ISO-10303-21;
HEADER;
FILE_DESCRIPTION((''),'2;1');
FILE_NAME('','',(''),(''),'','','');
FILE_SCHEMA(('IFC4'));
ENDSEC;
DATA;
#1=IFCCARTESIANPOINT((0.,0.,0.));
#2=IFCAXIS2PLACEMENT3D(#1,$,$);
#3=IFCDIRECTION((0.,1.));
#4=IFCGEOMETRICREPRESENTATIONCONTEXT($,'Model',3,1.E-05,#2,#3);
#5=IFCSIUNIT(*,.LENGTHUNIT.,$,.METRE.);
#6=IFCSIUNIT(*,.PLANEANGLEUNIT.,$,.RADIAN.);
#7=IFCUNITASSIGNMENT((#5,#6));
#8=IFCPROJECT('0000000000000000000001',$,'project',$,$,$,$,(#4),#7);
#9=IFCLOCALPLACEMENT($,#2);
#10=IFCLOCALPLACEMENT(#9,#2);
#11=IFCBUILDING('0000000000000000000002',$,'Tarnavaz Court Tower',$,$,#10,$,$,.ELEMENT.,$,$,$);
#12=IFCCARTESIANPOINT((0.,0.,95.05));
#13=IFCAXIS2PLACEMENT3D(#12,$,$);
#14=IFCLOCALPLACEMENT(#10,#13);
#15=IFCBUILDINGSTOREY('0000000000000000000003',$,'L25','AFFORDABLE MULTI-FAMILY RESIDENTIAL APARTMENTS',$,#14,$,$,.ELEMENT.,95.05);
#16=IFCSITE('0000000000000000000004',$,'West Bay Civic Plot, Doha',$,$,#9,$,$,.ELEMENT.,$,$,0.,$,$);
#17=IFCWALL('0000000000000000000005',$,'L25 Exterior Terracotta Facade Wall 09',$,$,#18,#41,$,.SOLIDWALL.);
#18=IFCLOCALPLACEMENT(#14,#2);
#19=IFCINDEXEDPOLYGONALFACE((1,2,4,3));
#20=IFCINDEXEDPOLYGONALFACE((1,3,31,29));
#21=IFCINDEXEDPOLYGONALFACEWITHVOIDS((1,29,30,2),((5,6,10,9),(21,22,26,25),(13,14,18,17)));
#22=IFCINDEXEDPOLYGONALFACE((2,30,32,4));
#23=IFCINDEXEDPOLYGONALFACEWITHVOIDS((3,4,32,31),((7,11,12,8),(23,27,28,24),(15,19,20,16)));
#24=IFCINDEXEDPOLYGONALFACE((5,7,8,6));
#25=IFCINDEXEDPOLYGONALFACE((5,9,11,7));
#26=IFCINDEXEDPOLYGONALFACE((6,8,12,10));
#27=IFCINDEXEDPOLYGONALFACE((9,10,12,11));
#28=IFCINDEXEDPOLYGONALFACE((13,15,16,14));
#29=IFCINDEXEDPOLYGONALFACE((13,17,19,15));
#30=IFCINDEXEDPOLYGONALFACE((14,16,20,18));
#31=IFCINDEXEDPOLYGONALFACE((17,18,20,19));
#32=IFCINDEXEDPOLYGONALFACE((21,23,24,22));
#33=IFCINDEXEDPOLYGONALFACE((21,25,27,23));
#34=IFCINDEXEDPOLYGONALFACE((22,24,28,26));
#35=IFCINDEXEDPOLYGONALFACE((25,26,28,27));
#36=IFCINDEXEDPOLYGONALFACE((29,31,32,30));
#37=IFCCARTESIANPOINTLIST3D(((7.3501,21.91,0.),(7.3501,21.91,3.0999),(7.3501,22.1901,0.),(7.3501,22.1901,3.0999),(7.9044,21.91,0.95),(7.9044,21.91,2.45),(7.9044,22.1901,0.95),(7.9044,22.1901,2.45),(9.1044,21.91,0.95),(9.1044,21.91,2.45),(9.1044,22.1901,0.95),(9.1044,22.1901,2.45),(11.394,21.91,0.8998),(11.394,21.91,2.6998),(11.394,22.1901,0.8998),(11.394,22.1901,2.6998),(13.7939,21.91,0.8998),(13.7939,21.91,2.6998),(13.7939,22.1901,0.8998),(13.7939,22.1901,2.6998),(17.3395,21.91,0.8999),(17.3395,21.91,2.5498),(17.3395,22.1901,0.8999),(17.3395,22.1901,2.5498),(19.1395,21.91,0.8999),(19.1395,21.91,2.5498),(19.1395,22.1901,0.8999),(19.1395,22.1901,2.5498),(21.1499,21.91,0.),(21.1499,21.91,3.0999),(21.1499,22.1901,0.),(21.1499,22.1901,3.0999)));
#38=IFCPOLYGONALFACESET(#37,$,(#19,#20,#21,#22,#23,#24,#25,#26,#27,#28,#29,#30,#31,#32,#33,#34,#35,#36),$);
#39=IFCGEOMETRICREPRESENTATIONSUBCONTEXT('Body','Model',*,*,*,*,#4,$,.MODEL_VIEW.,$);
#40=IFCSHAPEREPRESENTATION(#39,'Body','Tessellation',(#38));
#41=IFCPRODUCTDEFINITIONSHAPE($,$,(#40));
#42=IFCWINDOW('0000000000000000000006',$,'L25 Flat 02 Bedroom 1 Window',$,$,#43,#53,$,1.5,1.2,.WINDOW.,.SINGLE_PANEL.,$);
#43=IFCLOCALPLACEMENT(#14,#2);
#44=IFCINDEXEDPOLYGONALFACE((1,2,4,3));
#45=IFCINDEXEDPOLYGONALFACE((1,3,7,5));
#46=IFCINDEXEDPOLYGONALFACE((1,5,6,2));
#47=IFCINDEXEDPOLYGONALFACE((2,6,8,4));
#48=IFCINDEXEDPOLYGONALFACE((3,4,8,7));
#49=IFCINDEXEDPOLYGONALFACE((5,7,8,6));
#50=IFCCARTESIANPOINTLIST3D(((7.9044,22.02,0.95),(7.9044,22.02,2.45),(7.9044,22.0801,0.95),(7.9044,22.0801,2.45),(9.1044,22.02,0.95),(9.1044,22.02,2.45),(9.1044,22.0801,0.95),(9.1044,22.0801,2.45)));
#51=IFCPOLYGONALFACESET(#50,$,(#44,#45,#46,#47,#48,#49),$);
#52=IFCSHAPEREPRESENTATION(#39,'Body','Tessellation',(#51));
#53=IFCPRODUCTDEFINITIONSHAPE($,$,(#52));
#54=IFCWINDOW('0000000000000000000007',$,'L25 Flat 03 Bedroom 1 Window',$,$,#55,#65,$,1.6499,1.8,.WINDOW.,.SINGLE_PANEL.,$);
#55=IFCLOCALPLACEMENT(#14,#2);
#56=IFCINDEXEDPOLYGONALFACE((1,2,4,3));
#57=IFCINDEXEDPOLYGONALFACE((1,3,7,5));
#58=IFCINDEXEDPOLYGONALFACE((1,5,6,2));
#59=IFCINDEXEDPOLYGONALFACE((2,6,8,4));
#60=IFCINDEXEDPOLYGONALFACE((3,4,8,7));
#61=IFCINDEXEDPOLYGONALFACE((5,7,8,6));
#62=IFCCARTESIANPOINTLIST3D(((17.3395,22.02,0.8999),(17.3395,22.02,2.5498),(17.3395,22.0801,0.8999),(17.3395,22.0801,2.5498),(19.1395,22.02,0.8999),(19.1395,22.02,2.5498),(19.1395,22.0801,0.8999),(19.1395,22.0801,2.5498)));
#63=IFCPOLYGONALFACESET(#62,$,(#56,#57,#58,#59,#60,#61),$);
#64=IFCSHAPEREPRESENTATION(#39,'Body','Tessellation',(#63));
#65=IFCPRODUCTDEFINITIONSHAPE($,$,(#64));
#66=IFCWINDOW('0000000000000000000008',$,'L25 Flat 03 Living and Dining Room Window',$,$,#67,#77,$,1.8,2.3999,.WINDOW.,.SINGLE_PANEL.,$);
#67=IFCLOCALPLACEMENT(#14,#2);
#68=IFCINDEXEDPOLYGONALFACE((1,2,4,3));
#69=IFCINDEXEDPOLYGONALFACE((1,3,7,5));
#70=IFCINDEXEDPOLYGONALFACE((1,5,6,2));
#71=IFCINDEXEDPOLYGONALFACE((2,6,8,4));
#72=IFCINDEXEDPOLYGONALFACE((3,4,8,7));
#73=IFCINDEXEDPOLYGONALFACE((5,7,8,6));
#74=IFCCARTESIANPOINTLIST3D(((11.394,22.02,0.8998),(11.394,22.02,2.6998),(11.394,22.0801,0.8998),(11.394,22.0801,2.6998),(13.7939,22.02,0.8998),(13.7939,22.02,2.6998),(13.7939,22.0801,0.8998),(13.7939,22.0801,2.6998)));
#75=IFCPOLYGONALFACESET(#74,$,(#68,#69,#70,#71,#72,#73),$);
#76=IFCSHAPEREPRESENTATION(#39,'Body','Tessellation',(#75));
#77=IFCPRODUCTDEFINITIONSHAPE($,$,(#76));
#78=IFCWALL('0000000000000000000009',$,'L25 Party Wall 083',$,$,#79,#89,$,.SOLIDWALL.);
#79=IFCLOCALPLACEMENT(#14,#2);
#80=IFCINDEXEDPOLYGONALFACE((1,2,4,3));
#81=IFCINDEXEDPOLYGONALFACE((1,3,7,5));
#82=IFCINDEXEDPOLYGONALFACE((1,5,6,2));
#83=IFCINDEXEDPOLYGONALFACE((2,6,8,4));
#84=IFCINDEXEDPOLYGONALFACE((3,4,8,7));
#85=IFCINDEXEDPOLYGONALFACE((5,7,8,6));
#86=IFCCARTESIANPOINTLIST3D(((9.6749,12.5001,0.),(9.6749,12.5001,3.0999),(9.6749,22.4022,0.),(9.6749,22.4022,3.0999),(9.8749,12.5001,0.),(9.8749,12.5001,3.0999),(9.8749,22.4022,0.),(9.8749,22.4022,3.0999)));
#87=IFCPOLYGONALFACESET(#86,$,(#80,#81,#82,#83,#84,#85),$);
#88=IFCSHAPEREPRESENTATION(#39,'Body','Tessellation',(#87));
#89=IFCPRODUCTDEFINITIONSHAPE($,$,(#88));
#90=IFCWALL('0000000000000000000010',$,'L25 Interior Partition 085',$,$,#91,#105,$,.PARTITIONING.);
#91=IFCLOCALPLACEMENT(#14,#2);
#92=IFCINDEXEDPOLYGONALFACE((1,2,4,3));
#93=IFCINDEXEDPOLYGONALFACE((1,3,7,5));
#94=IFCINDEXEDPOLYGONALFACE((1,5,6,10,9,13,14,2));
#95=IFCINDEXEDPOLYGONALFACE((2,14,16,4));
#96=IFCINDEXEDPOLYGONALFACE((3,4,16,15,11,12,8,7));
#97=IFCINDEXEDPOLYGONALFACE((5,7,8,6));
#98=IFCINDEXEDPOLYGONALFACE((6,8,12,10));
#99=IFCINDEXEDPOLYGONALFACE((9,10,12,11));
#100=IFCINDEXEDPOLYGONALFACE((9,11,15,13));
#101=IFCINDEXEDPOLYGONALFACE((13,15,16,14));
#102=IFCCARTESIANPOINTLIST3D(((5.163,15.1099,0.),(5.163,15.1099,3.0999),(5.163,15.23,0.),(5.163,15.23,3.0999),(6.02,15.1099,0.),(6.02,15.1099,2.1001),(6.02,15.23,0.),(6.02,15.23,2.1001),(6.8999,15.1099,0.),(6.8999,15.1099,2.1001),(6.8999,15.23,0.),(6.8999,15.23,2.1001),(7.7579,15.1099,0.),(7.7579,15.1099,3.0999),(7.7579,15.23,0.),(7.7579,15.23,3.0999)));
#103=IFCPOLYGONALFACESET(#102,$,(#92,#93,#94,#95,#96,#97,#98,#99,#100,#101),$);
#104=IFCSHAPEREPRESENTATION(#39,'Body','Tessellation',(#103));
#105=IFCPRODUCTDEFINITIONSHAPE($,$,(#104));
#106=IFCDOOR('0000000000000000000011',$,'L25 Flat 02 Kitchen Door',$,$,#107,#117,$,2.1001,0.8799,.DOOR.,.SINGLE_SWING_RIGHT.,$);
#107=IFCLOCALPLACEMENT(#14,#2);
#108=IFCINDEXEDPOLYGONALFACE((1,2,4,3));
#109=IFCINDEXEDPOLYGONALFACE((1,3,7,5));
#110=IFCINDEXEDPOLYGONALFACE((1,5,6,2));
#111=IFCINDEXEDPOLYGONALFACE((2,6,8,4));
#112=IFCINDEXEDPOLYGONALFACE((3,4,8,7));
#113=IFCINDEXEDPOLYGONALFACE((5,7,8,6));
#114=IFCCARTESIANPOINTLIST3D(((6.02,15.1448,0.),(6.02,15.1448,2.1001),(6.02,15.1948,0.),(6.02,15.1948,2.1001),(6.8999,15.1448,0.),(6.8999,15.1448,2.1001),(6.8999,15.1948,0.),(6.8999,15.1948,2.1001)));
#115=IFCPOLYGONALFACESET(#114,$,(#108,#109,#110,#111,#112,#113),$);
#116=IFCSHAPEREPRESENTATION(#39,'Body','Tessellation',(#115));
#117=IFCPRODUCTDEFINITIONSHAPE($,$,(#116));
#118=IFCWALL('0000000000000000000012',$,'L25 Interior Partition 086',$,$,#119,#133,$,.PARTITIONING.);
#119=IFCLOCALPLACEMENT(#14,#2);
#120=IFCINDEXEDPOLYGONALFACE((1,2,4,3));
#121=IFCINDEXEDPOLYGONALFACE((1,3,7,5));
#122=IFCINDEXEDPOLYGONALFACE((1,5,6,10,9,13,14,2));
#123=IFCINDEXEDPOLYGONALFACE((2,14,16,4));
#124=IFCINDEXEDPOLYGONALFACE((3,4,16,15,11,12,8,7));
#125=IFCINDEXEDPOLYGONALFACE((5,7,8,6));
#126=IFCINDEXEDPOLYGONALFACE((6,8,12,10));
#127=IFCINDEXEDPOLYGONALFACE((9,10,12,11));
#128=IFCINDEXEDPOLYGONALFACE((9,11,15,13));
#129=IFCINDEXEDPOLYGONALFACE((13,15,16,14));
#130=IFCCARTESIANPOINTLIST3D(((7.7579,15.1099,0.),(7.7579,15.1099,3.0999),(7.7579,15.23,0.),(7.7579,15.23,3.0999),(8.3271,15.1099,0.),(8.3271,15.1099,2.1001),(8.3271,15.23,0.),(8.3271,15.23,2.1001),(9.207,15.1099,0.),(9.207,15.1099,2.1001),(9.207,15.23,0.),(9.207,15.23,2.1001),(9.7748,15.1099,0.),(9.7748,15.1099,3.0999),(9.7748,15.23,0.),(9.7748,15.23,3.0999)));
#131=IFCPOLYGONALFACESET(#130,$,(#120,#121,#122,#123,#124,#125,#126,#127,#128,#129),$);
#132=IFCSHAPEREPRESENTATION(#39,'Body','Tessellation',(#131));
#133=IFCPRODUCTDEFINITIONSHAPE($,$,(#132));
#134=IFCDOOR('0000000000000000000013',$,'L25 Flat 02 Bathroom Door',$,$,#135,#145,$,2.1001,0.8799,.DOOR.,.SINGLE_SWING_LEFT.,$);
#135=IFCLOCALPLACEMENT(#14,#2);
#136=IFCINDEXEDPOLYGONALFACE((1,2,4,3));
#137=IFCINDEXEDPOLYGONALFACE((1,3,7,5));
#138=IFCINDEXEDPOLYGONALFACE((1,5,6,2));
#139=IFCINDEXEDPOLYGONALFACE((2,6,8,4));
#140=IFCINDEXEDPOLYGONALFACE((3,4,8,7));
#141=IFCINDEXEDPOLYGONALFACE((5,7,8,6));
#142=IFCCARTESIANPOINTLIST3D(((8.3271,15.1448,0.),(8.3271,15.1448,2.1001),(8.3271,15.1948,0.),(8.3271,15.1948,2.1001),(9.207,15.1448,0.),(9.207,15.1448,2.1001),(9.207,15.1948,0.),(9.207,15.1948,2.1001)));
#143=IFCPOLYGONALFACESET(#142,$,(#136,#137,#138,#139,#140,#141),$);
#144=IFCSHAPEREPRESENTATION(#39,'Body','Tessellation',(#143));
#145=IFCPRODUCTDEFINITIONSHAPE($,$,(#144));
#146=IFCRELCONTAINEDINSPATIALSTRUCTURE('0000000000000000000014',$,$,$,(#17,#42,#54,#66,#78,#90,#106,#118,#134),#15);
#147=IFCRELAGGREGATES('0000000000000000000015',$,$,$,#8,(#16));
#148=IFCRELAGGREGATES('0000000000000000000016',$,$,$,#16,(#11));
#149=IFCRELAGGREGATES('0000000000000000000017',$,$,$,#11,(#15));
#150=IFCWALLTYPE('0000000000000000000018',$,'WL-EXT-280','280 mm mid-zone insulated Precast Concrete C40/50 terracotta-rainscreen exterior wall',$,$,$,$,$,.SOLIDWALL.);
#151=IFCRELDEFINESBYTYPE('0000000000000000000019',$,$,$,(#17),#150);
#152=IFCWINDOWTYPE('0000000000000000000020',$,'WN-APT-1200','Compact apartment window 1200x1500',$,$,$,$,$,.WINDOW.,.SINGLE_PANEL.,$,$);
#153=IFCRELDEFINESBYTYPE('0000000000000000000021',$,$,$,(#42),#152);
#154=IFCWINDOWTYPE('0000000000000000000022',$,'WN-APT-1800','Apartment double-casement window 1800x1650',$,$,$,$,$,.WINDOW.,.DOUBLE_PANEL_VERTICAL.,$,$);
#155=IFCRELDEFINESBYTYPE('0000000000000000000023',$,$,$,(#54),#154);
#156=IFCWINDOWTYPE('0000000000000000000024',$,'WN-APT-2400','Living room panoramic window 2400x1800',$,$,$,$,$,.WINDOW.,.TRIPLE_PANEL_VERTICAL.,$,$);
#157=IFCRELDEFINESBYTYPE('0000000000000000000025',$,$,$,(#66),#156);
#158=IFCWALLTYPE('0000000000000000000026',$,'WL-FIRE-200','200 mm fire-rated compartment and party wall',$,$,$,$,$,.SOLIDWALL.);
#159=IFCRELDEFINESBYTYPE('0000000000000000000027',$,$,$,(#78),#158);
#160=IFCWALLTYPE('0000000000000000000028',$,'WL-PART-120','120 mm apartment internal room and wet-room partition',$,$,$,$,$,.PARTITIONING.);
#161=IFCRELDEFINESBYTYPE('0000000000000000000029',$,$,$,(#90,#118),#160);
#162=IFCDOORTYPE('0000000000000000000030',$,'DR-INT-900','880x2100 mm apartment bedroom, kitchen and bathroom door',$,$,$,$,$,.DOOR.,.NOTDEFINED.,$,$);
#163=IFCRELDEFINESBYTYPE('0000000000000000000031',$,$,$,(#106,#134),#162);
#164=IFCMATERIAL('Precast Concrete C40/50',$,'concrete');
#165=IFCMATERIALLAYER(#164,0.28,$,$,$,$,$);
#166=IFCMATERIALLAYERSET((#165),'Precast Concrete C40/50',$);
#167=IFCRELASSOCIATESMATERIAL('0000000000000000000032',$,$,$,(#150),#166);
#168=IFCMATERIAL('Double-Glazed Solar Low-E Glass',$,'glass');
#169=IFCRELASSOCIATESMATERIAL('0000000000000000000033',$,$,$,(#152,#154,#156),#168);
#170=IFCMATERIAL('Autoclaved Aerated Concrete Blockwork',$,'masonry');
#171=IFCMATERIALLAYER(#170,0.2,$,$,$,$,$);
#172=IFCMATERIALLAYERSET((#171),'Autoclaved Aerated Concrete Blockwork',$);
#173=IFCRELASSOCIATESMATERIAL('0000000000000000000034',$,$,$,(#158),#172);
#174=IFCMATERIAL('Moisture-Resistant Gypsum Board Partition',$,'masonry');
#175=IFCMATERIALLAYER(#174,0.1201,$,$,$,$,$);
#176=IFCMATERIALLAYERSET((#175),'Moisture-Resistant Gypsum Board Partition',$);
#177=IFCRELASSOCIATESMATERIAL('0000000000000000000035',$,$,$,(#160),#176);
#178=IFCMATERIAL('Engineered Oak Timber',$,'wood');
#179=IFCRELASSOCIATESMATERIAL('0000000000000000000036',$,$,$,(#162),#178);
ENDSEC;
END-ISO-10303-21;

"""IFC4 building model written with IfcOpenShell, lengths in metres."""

from ifc_helpers import new_model, si_unit, direction, frame, frame_2d, origin, place, context, subcontext, project, spatial, rectangle, extrude, material, layer, layer_set, type_object, element, fill, save


model = new_model("IFC4")

# Units and contexts
model_context = context("Model", 3, precision=1e-05, world=origin(), true_north=direction((0.0, 1.0)))
body_context = subcontext(model_context, "Body", "Model", "MODEL_VIEW")
ifc_project = project(units=[si_unit("LENGTHUNIT", "METRE"), si_unit("PLANEANGLEUNIT", "RADIAN")], contexts=[model_context])

# Site, building, storey
site_placement = place(None, origin())
site = spatial("IfcSite", under=ifc_project, at=site_placement, Name="West Bay Civic Plot, Doha", CompositionType="ELEMENT", RefElevation=0.0)
building_placement = place(site_placement, origin())
building = spatial("IfcBuilding", under=site, at=building_placement, Name="Tarnavaz Court Tower", CompositionType="ELEMENT")
storey_placement = place(building_placement, frame((0.0, 0.0, 95.05)))
storey = spatial("IfcBuildingStorey", under=building, at=storey_placement, Name="L25", Description="AFFORDABLE MULTI-FAMILY RESIDENTIAL APARTMENTS", CompositionType="ELEMENT", Elevation=95.05)

# Shared definitions
ifc_material_1 = material(Name="Double-Glazed Solar Low-E Glass", Category="glass")

# Shared definitions
ifc_material_2 = material(Name="Precast Concrete C40/50", Category="concrete")
ifc_layer_1 = layer(ifc_material_2, 0.28)
ifc_layer_set_1 = layer_set([ifc_layer_1], Name="Precast Concrete C40/50")
wall_type_1 = type_object("IfcWallType", Name="WL-EXT-280", Description="280 mm mid-zone insulated Precast Concrete C40/50 terracotta-rainscreen exterior wall", PredefinedType="SOLIDWALL", material=ifc_layer_set_1)
window_type_1 = type_object("IfcWindowType", Name="WN-APT-1200", Description="Compact apartment window 1200x1500", PartitioningType="SINGLE_PANEL", PredefinedType="WINDOW", material=ifc_material_1)

# Wall, openings, windows
wall_1_placement = place(storey_placement, frame((7.3501, 22.05, 0.0), z_axis=(0.0, 0.0, 1.0), x_axis=(1.0, 0.0, 0.0)))
wall_1 = element("IfcWall", 1, at=wall_1_placement, inside=storey, type_object=wall_type_1, Name="L25 Exterior Terracotta Facade Wall 09", PredefinedType="SOLIDWALL", context=body_context, shape_type="SweptSolid", body=[
    extrude(rectangle(XDim=13.7998, YDim=0.28, at=frame_2d((6.8999, 0.0))), origin(), (0.0, 0.0, 1.0), 3.0999),
])
opening_1_placement = place(wall_1_placement, frame((0.5542, 0.0, 0.95)))
opening_1 = element("IfcOpeningElement", 2, at=opening_1_placement, cuts=wall_1, PredefinedType="OPENING", context=body_context, shape_type="SweptSolid", body=[
    extrude(rectangle(XDim=1.2, YDim=1.5, at=frame_2d((0.6001, 0.75))), frame((0.0, 0.1499, 0.0), z_axis=(0.0, -1.0, 0.0), x_axis=(1.0, 0.0, 0.0)), (0.0, 0.0, 1.0), 0.3),
])
opening_2_placement = place(wall_1_placement, frame((4.0439, 0.0, 0.8999)))
opening_2 = element("IfcOpeningElement", 3, at=opening_2_placement, cuts=wall_1, PredefinedType="OPENING", context=body_context, shape_type="SweptSolid", body=[
    extrude(rectangle(XDim=2.3999, YDim=1.8, at=frame_2d((1.2, 0.8999))), frame((0.0, 0.1499, 0.0), z_axis=(0.0, -1.0, 0.0), x_axis=(1.0, 0.0, 0.0)), (0.0, 0.0, 1.0), 0.3),
])
opening_3_placement = place(wall_1_placement, frame((9.9895, 0.0, 0.8999)))
opening_3 = element("IfcOpeningElement", 4, at=opening_3_placement, cuts=wall_1, PredefinedType="OPENING", context=body_context, shape_type="SweptSolid", body=[
    extrude(rectangle(XDim=1.8, YDim=1.6499, at=frame_2d((0.8999, 0.825))), frame((0.0, 0.1499, 0.0), z_axis=(0.0, -1.0, 0.0), x_axis=(1.0, 0.0, 0.0)), (0.0, 0.0, 1.0), 0.3),
])
window_1_placement = place(opening_1_placement, origin())
window_1 = element("IfcWindow", 5, at=window_1_placement, inside=storey, type_object=window_type_1, Name="L25 Flat 02 Bedroom 1 Window", OverallHeight=1.5, OverallWidth=1.2, PartitioningType="SINGLE_PANEL", PredefinedType="WINDOW", context=body_context, shape_type="SweptSolid", body=[
    extrude(rectangle(XDim=1.2, YDim=1.5, at=frame_2d((0.6001, 0.75))), frame((0.0, 0.03, 0.0), z_axis=(0.0, -1.0, 0.0), x_axis=(1.0, 0.0, 0.0)), (0.0, 0.0, 1.0), 0.0601),
])
fill(opening_1, window_1)
window_type_2 = type_object("IfcWindowType", Name="WN-APT-1800", Description="Apartment double-casement window 1800x1650", PartitioningType="DOUBLE_PANEL_VERTICAL", PredefinedType="WINDOW", material=ifc_material_1)
window_2_placement = place(opening_3_placement, origin())
window_2 = element("IfcWindow", 6, at=window_2_placement, inside=storey, type_object=window_type_2, Name="L25 Flat 03 Bedroom 1 Window", OverallHeight=1.6499, OverallWidth=1.8, PartitioningType="SINGLE_PANEL", PredefinedType="WINDOW", context=body_context, shape_type="SweptSolid", body=[
    extrude(rectangle(XDim=1.8, YDim=1.6499, at=frame_2d((0.8999, 0.825))), frame((0.0, 0.03, 0.0), z_axis=(0.0, -1.0, 0.0), x_axis=(1.0, 0.0, 0.0)), (0.0, 0.0, 1.0), 0.0601),
])
fill(opening_3, window_2)
window_type_3 = type_object("IfcWindowType", Name="WN-APT-2400", Description="Living room panoramic window 2400x1800", PartitioningType="TRIPLE_PANEL_VERTICAL", PredefinedType="WINDOW", material=ifc_material_1)
window_3_placement = place(opening_2_placement, origin())
window_3 = element("IfcWindow", 7, at=window_3_placement, inside=storey, type_object=window_type_3, Name="L25 Flat 03 Living and Dining Room Window", OverallHeight=1.8, OverallWidth=2.3999, PartitioningType="SINGLE_PANEL", PredefinedType="WINDOW", context=body_context, shape_type="SweptSolid", body=[
    extrude(rectangle(XDim=2.3999, YDim=1.8, at=frame_2d((1.2, 0.8999))), frame((0.0, 0.03, 0.0), z_axis=(0.0, -1.0, 0.0), x_axis=(1.0, 0.0, 0.0)), (0.0, 0.0, 1.0), 0.0601),
])
fill(opening_2, window_3)

# Wall
ifc_material_3 = material(Name="Autoclaved Aerated Concrete Blockwork", Category="masonry")
ifc_layer_2 = layer(ifc_material_3, 0.2)
ifc_layer_set_2 = layer_set([ifc_layer_2], Name="Autoclaved Aerated Concrete Blockwork")
wall_type_2 = type_object("IfcWallType", Name="WL-FIRE-200", Description="200 mm fire-rated compartment and party wall", PredefinedType="SOLIDWALL", material=ifc_layer_set_2)
wall_2_placement = place(storey_placement, frame((9.7749, 12.5, 0.0), z_axis=(0.0, 0.0, 1.0), x_axis=(0.0, 1.0, 0.0)))
element("IfcWall", 8, at=wall_2_placement, inside=storey, type_object=wall_type_2, Name="L25 Party Wall 083", PredefinedType="SOLIDWALL", context=body_context, shape_type="SweptSolid", body=[
    extrude(rectangle(XDim=9.9021, YDim=0.2, at=frame_2d((4.9512, 0.0))), origin(), (0.0, 0.0, 1.0), 3.0999),
])

# Walls, openings, doors
ifc_material_4 = material(Name="Moisture-Resistant Gypsum Board Partition", Category="masonry")
ifc_layer_3 = layer(ifc_material_4, 0.1201)
ifc_layer_set_3 = layer_set([ifc_layer_3], Name="Moisture-Resistant Gypsum Board Partition")
wall_type_3 = type_object("IfcWallType", Name="WL-PART-120", Description="120 mm apartment internal room and wet-room partition", PredefinedType="PARTITIONING", material=ifc_layer_set_3)
wall_3_placement = place(storey_placement, frame((5.1631, 15.1699, 0.0), z_axis=(0.0, 0.0, 1.0), x_axis=(1.0, 0.0, 0.0)))
wall_3 = element("IfcWall", 9, at=wall_3_placement, inside=storey, type_object=wall_type_3, Name="L25 Interior Partition 085", PredefinedType="PARTITIONING", context=body_context, shape_type="SweptSolid", body=[
    extrude(rectangle(XDim=2.595, YDim=0.1201, at=frame_2d((1.2974, 0.0))), origin(), (0.0, 0.0, 1.0), 3.0999),
])
opening_4_placement = place(wall_3_placement, frame((0.8569, 0.0, 0.0)))
opening_4 = element("IfcOpeningElement", 10, at=opening_4_placement, cuts=wall_3, PredefinedType="OPENING", context=body_context, shape_type="SweptSolid", body=[
    extrude(rectangle(XDim=0.8799, YDim=2.1001, at=frame_2d((0.4399, 1.05))), frame((0.0, 0.0701, 0.0), z_axis=(0.0, -1.0, 0.0), x_axis=(1.0, 0.0, 0.0)), (0.0, 0.0, 1.0), 0.1401),
])
ifc_material_5 = material(Name="Engineered Oak Timber", Category="wood")
door_type = type_object("IfcDoorType", Name="DR-INT-900", Description="880x2100 mm apartment bedroom, kitchen and bathroom door", OperationType="NOTDEFINED", PredefinedType="DOOR", material=ifc_material_5)
door_1_placement = place(opening_4_placement, origin())
door_1 = element("IfcDoor", 11, at=door_1_placement, inside=storey, type_object=door_type, Name="L25 Flat 02 Kitchen Door", OperationType="SINGLE_SWING_RIGHT", OverallHeight=2.1001, OverallWidth=0.8799, PredefinedType="DOOR", context=body_context, shape_type="SweptSolid", body=[
    extrude(rectangle(XDim=0.8799, YDim=2.1001, at=frame_2d((0.4399, 1.05))), frame((0.0, 0.0249, 0.0), z_axis=(0.0, -1.0, 0.0), x_axis=(1.0, 0.0, 0.0)), (0.0, 0.0, 1.0), 0.05),
])
fill(opening_4, door_1)
wall_4_placement = place(storey_placement, frame((7.7581, 15.1699, 0.0), z_axis=(0.0, 0.0, 1.0), x_axis=(1.0, 0.0, 0.0)))
wall_4 = element("IfcWall", 12, at=wall_4_placement, inside=storey, type_object=wall_type_3, Name="L25 Interior Partition 086", PredefinedType="PARTITIONING", context=body_context, shape_type="SweptSolid", body=[
    extrude(rectangle(XDim=2.0168, YDim=0.1201, at=frame_2d((1.0083, 0.0))), origin(), (0.0, 0.0, 1.0), 3.0999),
])
opening_5_placement = place(wall_4_placement, frame((0.5691, 0.0, 0.0)))
opening_5 = element("IfcOpeningElement", 13, at=opening_5_placement, cuts=wall_4, PredefinedType="OPENING", context=body_context, shape_type="SweptSolid", body=[
    extrude(rectangle(XDim=0.8799, YDim=2.1001, at=frame_2d((0.4399, 1.05))), frame((0.0, 0.0701, 0.0), z_axis=(0.0, -1.0, 0.0), x_axis=(1.0, 0.0, 0.0)), (0.0, 0.0, 1.0), 0.1401),
])
door_2_placement = place(opening_5_placement, origin())
door_2 = element("IfcDoor", 14, at=door_2_placement, inside=storey, type_object=door_type, Name="L25 Flat 02 Bathroom Door", OperationType="SINGLE_SWING_LEFT", OverallHeight=2.1001, OverallWidth=0.8799, PredefinedType="DOOR", context=body_context, shape_type="SweptSolid", body=[
    extrude(rectangle(XDim=0.8799, YDim=2.1001, at=frame_2d((0.4399, 1.05))), frame((0.0, 0.0249, 0.0), z_axis=(0.0, -1.0, 0.0), x_axis=(1.0, 0.0, 0.0)), (0.0, 0.0, 1.0), 0.05),
])
fill(opening_5, door_2)

save(model, "model.ifc")
